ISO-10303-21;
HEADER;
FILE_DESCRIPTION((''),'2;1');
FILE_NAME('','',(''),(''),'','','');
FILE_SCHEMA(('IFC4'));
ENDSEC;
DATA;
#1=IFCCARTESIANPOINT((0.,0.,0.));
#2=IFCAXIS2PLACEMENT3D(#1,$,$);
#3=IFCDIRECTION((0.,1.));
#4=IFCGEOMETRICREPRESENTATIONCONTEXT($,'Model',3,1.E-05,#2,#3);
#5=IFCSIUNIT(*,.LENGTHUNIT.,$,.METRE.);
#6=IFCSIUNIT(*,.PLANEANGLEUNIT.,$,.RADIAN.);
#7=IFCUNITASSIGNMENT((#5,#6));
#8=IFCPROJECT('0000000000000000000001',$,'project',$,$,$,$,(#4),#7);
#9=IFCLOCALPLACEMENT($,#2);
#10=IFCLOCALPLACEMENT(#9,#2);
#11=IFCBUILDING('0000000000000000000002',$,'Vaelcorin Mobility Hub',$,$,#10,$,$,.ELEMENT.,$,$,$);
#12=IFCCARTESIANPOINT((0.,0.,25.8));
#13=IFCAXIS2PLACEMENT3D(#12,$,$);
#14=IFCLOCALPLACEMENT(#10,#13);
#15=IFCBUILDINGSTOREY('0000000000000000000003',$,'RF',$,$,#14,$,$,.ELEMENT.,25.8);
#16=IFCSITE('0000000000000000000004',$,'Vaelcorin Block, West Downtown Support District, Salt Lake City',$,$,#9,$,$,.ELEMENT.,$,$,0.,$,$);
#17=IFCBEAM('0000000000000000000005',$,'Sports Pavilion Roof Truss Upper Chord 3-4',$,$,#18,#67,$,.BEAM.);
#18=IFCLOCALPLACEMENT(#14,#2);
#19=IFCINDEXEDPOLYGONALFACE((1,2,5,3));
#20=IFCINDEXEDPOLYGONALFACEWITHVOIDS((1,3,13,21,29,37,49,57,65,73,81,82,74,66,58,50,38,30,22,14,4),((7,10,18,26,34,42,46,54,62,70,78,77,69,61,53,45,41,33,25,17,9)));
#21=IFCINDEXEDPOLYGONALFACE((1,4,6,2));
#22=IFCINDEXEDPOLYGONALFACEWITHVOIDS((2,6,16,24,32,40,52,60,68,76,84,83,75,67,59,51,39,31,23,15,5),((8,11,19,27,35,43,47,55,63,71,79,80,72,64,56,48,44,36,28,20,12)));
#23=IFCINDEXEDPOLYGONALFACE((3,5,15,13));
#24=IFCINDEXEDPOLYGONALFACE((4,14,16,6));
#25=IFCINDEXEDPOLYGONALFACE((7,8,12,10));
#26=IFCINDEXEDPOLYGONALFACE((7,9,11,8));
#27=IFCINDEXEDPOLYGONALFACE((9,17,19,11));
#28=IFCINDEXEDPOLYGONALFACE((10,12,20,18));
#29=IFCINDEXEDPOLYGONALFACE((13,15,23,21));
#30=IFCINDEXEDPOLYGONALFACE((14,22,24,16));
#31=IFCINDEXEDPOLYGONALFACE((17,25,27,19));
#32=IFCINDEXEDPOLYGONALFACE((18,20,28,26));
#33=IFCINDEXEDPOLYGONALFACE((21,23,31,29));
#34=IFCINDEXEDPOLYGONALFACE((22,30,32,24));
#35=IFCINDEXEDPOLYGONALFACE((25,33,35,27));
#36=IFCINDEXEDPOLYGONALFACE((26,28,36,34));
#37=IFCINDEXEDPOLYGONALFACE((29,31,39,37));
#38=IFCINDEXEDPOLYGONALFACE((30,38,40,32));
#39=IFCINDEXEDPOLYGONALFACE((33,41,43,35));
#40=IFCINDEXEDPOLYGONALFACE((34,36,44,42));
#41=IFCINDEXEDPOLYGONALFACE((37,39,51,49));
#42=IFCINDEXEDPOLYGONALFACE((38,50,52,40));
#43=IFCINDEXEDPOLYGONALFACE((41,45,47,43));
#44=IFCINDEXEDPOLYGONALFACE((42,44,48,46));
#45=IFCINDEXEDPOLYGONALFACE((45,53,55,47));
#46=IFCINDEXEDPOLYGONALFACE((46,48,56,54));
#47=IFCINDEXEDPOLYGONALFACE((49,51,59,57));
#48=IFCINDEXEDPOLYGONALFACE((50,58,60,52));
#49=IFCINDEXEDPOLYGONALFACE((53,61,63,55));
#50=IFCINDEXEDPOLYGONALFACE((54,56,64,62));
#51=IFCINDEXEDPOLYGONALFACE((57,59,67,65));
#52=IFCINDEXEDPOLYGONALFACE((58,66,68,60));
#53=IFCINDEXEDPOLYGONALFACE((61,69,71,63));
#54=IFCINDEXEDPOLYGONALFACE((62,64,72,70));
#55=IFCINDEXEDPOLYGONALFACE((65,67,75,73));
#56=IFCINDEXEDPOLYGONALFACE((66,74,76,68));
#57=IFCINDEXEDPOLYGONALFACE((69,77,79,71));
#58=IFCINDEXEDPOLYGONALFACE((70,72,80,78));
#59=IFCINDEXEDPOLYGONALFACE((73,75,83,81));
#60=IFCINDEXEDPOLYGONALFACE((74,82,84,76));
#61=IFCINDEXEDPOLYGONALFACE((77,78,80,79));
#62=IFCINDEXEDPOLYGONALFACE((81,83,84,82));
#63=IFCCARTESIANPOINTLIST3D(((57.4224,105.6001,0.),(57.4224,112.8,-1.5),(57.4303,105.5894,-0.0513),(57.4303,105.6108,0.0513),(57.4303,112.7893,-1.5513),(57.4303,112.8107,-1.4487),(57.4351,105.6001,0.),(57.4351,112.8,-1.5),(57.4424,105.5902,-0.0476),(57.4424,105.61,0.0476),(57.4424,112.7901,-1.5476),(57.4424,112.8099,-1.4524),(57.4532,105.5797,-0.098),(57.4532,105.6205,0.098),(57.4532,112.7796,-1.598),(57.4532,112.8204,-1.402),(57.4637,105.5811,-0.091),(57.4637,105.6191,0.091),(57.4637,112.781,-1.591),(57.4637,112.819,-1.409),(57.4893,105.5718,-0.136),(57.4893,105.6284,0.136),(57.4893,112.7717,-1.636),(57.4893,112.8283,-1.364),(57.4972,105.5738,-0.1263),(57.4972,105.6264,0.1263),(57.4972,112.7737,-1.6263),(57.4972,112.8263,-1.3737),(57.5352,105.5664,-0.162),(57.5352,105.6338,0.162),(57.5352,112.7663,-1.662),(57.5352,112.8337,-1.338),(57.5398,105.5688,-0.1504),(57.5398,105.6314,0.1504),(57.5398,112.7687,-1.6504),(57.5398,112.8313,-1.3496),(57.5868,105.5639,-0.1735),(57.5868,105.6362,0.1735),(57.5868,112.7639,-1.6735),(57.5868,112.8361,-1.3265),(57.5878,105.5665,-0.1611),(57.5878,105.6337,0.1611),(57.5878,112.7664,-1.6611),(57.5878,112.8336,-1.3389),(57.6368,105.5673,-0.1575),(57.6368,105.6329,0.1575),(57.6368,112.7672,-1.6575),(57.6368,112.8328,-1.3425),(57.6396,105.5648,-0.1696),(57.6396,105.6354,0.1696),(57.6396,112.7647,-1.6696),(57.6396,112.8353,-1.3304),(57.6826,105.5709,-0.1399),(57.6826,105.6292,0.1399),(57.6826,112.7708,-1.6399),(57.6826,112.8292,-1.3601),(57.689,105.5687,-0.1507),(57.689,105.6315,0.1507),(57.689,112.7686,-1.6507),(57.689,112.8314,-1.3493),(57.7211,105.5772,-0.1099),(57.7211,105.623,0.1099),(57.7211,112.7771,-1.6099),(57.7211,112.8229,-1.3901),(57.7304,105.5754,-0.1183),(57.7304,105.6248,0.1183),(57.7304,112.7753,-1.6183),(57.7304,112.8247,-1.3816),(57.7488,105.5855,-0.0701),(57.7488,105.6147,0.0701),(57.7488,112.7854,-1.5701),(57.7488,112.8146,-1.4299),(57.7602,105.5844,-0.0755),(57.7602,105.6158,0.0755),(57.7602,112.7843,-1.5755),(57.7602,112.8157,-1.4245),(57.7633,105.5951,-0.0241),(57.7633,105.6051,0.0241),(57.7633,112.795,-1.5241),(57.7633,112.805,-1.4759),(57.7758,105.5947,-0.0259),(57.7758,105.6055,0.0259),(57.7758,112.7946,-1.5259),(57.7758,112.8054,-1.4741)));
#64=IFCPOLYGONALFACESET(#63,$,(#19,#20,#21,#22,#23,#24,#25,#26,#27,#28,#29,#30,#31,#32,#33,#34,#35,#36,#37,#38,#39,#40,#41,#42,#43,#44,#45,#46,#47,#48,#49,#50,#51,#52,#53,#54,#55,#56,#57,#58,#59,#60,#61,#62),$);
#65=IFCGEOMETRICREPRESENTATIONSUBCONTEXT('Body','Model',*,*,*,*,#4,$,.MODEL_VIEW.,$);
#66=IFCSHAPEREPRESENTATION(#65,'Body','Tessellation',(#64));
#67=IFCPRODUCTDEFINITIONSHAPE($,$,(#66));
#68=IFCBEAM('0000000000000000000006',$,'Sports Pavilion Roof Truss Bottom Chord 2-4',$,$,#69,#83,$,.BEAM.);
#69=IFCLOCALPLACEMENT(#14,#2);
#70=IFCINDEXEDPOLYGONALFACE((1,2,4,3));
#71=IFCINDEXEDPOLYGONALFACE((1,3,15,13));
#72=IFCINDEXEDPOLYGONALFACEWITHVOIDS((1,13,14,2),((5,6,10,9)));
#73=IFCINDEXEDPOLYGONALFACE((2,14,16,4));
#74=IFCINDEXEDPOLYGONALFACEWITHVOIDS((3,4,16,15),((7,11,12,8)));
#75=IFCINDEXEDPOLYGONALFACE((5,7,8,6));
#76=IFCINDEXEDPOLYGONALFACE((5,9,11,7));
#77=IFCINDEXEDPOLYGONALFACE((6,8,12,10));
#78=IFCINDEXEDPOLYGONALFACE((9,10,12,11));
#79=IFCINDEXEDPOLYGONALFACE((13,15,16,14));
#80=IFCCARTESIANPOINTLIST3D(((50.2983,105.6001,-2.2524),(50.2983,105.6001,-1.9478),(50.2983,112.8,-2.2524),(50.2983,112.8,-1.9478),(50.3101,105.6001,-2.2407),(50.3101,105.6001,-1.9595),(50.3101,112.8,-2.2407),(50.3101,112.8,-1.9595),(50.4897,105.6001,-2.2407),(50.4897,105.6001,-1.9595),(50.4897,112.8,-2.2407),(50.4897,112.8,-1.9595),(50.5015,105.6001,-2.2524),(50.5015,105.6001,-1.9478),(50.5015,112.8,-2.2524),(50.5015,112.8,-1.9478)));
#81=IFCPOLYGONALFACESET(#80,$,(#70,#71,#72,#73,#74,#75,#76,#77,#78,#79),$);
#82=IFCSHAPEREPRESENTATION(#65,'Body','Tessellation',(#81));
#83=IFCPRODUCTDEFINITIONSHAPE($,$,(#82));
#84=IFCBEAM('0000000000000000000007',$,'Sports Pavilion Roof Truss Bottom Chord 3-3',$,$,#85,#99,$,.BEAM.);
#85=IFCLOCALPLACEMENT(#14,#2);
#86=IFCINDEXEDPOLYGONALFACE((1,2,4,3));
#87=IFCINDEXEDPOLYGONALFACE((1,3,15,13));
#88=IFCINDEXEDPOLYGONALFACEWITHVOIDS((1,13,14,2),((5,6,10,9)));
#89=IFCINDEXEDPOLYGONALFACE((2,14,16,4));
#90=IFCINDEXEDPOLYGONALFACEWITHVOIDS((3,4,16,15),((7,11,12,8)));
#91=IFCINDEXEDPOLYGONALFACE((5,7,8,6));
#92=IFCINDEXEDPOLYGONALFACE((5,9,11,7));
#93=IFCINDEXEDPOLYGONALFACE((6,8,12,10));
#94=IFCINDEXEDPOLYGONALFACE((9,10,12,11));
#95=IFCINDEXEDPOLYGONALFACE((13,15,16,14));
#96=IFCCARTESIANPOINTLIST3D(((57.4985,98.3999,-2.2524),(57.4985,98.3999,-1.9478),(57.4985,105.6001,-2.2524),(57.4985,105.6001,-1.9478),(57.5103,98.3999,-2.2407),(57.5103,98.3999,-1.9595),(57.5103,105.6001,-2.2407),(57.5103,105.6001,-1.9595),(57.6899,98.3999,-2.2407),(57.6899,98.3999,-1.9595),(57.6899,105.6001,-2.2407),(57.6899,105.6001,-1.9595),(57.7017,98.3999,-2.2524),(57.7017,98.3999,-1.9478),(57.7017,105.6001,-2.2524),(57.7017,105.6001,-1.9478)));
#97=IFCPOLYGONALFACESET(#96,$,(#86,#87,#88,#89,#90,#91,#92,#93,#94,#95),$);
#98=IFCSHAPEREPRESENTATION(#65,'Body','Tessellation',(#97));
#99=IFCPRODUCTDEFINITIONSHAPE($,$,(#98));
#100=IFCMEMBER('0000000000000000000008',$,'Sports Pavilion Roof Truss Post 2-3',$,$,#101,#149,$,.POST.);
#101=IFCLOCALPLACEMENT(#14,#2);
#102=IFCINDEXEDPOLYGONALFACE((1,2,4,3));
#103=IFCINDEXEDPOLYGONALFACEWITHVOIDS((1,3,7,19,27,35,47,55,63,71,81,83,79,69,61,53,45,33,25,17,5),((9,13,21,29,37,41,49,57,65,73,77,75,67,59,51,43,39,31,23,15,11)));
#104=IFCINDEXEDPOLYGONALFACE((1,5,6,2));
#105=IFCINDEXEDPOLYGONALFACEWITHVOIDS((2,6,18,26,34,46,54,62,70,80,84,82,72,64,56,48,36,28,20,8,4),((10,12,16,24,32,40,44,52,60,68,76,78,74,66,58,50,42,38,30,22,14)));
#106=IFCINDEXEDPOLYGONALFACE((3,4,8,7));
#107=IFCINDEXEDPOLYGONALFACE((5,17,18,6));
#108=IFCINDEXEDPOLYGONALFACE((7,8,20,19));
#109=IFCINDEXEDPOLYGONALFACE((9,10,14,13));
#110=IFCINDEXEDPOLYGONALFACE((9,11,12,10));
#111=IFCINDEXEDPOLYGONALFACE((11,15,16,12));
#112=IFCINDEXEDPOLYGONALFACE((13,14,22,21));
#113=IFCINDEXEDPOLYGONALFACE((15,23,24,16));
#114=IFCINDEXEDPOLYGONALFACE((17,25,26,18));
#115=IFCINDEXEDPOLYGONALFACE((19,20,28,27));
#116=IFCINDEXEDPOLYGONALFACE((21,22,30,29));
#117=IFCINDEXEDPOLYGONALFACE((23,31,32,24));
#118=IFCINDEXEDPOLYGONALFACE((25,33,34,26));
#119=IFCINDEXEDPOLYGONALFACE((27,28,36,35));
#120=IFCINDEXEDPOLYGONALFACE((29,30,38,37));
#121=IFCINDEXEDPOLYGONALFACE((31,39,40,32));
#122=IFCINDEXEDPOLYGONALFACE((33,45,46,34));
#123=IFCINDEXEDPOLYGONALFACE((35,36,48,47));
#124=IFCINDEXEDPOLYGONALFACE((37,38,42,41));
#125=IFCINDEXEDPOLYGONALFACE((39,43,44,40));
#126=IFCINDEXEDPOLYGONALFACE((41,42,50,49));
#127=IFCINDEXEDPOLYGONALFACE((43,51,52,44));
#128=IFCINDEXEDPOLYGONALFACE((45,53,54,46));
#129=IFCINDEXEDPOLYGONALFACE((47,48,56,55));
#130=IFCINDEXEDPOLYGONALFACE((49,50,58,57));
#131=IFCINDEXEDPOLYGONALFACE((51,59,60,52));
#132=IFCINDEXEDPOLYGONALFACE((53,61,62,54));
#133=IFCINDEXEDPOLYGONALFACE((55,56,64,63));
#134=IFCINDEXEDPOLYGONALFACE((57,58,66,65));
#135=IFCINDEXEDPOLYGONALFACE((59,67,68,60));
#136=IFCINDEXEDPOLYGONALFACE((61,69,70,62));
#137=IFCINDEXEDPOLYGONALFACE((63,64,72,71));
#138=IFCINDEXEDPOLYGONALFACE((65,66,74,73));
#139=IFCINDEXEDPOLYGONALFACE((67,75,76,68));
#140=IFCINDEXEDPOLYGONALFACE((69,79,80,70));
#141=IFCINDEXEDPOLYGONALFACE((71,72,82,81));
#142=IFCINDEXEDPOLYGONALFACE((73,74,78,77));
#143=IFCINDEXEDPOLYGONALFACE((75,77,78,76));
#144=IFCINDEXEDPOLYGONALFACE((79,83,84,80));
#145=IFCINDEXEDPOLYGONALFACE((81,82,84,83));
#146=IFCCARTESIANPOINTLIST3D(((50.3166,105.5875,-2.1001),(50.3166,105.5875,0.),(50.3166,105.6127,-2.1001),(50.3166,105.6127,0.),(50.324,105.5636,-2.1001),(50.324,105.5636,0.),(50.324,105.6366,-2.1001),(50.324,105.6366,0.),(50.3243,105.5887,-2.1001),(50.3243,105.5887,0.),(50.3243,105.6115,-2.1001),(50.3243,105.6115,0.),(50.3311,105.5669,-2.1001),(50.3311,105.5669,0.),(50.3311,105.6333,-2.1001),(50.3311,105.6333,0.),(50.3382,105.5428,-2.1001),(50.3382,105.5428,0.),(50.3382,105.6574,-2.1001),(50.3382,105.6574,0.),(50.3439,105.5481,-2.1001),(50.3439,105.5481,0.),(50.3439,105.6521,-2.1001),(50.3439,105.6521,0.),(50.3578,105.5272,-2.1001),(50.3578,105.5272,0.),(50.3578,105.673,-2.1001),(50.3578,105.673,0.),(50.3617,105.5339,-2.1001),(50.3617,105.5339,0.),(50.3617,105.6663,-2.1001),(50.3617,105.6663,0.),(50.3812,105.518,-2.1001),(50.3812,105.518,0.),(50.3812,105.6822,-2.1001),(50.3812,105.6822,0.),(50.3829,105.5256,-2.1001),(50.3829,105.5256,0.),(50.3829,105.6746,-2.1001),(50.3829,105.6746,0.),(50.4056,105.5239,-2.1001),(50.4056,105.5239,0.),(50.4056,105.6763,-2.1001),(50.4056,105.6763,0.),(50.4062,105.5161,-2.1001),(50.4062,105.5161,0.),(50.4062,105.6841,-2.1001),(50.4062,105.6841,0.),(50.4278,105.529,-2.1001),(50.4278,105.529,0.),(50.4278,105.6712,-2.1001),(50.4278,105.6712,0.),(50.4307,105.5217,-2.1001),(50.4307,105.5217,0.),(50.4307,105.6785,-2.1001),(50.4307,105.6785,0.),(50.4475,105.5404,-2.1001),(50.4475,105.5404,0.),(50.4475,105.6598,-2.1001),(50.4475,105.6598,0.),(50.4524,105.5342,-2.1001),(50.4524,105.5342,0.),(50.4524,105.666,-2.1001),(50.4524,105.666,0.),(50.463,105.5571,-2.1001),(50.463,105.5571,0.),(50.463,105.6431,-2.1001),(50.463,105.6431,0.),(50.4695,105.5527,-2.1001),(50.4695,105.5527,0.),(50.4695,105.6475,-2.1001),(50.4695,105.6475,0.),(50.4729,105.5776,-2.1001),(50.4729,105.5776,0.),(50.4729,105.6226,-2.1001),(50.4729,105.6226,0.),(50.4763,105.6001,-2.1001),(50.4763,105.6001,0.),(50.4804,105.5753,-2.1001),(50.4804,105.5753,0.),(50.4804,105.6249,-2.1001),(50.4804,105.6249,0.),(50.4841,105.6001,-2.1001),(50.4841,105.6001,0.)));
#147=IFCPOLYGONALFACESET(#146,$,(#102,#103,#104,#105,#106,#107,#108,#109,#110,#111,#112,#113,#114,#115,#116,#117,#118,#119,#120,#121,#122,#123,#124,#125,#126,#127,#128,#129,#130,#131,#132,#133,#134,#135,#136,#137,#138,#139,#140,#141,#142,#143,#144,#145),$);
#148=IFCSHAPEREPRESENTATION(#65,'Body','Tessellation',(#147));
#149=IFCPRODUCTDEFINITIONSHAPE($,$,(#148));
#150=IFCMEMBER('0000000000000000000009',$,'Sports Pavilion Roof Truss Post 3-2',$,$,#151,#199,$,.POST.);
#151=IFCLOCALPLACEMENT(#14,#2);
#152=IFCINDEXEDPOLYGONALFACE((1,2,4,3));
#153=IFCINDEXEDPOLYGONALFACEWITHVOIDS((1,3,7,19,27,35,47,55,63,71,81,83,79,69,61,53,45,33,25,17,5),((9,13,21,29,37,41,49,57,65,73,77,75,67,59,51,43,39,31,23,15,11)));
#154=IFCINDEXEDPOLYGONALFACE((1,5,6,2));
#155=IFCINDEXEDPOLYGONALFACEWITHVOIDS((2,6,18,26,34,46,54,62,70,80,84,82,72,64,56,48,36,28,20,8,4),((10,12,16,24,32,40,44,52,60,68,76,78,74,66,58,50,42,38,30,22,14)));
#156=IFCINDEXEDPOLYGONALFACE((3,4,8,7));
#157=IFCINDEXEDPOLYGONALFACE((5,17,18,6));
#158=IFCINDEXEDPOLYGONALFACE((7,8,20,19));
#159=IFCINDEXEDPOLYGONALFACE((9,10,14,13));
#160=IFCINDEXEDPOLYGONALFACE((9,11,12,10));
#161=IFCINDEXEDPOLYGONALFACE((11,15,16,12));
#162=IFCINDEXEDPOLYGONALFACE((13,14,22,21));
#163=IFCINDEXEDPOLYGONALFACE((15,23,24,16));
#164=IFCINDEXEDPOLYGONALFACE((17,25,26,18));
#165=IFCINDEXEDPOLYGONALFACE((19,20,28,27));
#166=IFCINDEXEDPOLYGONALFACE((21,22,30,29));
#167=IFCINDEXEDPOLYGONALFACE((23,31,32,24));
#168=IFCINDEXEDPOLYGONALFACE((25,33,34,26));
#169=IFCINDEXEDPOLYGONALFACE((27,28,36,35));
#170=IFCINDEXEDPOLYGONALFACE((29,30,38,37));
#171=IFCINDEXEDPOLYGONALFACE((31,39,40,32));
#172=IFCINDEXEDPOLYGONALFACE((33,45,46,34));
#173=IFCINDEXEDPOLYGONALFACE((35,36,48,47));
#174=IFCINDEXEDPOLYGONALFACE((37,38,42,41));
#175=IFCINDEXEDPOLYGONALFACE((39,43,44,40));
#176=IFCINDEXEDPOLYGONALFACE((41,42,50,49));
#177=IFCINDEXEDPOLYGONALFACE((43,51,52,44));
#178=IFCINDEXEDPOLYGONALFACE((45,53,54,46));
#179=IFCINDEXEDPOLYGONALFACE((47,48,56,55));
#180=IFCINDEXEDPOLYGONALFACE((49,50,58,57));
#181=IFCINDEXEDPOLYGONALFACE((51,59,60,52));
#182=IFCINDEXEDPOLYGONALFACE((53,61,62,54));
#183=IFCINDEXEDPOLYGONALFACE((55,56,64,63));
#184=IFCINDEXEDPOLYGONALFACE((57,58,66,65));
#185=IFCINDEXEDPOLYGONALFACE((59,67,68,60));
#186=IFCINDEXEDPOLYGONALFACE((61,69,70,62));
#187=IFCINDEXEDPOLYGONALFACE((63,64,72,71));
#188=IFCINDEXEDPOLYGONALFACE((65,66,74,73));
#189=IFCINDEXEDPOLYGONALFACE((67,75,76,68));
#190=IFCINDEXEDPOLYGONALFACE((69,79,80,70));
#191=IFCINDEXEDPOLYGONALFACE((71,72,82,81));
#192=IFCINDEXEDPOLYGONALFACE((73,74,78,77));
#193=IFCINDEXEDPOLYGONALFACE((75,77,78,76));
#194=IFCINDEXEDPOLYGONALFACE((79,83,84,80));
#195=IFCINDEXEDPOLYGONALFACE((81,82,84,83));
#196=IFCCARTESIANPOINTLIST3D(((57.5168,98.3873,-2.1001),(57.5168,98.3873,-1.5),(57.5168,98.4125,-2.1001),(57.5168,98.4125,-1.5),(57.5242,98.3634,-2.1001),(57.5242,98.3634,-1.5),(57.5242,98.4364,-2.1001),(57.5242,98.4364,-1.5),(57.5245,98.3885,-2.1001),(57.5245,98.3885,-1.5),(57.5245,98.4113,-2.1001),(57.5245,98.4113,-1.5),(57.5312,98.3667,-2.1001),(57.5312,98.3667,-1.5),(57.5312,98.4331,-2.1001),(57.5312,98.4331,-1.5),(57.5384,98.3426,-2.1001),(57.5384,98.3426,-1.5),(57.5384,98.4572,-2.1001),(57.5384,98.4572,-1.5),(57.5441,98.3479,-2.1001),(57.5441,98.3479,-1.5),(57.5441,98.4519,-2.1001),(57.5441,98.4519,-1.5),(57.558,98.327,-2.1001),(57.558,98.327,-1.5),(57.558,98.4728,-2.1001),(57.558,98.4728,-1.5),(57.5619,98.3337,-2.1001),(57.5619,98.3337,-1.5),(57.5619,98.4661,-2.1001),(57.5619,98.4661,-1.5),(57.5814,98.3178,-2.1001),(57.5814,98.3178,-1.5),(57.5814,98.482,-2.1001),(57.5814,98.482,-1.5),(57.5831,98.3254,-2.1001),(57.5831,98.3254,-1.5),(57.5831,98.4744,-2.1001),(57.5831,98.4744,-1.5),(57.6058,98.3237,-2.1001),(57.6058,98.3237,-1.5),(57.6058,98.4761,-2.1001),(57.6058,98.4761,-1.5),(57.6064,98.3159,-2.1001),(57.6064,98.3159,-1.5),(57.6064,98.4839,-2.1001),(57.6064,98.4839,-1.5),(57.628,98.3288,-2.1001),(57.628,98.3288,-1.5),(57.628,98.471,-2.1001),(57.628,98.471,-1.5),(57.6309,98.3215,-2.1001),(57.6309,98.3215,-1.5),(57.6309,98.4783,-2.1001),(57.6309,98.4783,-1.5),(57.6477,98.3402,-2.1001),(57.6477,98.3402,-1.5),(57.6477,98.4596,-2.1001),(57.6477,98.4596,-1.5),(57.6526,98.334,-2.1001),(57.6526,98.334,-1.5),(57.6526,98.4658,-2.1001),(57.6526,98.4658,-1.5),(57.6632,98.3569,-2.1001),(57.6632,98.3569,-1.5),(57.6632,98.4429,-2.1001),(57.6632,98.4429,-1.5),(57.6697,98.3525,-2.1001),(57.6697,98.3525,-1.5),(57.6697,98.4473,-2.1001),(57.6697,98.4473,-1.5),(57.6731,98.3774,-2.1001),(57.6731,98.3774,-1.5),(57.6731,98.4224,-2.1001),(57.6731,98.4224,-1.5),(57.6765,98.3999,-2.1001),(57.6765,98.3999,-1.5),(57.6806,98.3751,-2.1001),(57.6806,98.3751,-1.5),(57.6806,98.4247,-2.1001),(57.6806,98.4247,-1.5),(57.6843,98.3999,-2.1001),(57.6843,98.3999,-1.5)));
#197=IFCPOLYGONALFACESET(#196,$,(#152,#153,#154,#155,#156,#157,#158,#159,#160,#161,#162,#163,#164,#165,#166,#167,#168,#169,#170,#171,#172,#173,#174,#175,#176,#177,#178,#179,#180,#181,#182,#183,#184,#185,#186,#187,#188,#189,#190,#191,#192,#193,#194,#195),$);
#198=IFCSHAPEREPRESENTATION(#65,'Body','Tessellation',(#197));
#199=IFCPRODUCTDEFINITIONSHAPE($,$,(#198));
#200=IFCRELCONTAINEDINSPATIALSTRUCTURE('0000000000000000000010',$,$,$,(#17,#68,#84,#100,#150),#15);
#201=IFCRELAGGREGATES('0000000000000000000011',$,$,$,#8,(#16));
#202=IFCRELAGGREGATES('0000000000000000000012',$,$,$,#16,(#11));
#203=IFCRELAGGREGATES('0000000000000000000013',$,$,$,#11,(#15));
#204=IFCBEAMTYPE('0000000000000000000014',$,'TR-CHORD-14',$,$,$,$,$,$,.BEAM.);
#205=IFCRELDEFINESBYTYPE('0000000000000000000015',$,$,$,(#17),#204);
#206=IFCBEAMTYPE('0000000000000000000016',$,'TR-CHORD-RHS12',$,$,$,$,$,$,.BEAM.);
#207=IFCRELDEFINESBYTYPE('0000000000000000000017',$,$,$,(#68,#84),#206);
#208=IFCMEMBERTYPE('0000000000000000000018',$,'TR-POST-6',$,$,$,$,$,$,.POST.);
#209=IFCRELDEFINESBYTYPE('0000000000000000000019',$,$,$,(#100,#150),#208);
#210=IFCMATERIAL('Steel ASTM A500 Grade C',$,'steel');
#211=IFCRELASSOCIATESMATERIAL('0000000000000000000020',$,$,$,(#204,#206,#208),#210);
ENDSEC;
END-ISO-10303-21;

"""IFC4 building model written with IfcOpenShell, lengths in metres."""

from ifc_helpers import new_model, si_unit, direction, frame, origin, origin_2d, place, context, subcontext, project, spatial, hollow_rectangle, hollow_circle, extrude, material, material_profile, profile_set, type_object, element, save


model = new_model("IFC4")

# Units and contexts
model_context = context("Model", 3, precision=1e-05, world=origin(), true_north=direction((0.0, 1.0)))
body_context = subcontext(model_context, "Body", "Model", "MODEL_VIEW")
ifc_project = project(units=[si_unit("LENGTHUNIT", "METRE"), si_unit("PLANEANGLEUNIT", "RADIAN")], contexts=[model_context])

# Site, building, storey
site_placement = place(None, origin())
site = spatial("IfcSite", under=ifc_project, at=site_placement, Name="Vaelcorin Block, West Downtown Support District, Salt Lake City", CompositionType="ELEMENT", RefElevation=0.0)
building_placement = place(site_placement, origin())
building = spatial("IfcBuilding", under=site, at=building_placement, Name="Vaelcorin Mobility Hub", CompositionType="ELEMENT")
storey_placement = place(building_placement, frame((0.0, 0.0, 25.8)))
storey = spatial("IfcBuildingStorey", under=building, at=storey_placement, Name="RF", CompositionType="ELEMENT", Elevation=25.8)

# Shared definitions
ifc_material_1 = material(Name="Steel ASTM A500 Grade C", Category="steel")

# Beams
ifc_material_profile_1 = material_profile(ifc_material_1, hollow_circle(Radius=0.1777, WallThickness=0.0127, at=origin_2d()), Name="HSS14.000X0.500")
ifc_profile_set_1 = profile_set([ifc_material_profile_1], Name="Steel ASTM A500 Grade C")
beam_type_1 = type_object("IfcBeamType", Name="TR-CHORD-14", PredefinedType="BEAM", material=ifc_profile_set_1)
beam_1_placement = place(storey_placement, frame((57.6001, 105.6001, 0.0), z_axis=(0.0, 0.97898, -0.203956), x_axis=(-1.0, 0.0, 0.0)))
element("IfcBeam", 1, at=beam_1_placement, inside=storey, type_object=beam_type_1, Name="Sports Pavilion Roof Truss Upper Chord 3-4", PredefinedType="BEAM", context=body_context, shape_type="SweptSolid", body=[
    extrude(hollow_circle(Radius=0.1777, WallThickness=0.0127, at=origin_2d()), origin(), (0.0, 0.0, 1.0), 7.3545),
])
ifc_material_profile_2 = material_profile(ifc_material_1, hollow_rectangle(XDim=0.2031, YDim=0.3047, WallThickness=0.0117, at=origin_2d()), Name="HSS12X8X0.500")
ifc_profile_set_2 = profile_set([ifc_material_profile_2], Name="Steel ASTM A500 Grade C")
beam_type_2 = type_object("IfcBeamType", Name="TR-CHORD-RHS12", PredefinedType="BEAM", material=ifc_profile_set_2)
beam_2_placement = place(storey_placement, frame((50.3999, 105.6001, -2.1001), z_axis=(0.0, 1.0, 0.0), x_axis=(-1.0, 0.0, 0.0)))
element("IfcBeam", 2, at=beam_2_placement, inside=storey, type_object=beam_type_2, Name="Sports Pavilion Roof Truss Bottom Chord 2-4", PredefinedType="BEAM", context=body_context, shape_type="SweptSolid", body=[
    extrude(hollow_rectangle(XDim=0.2031, YDim=0.3047, WallThickness=0.0117, at=origin_2d()), origin(), (0.0, 0.0, 1.0), 7.2),
])
beam_3_placement = place(storey_placement, frame((57.6001, 98.3999, -2.1001), z_axis=(0.0, 1.0, 0.0), x_axis=(-1.0, 0.0, 0.0)))
element("IfcBeam", 3, at=beam_3_placement, inside=storey, type_object=beam_type_2, Name="Sports Pavilion Roof Truss Bottom Chord 3-3", PredefinedType="BEAM", context=body_context, shape_type="SweptSolid", body=[
    extrude(hollow_rectangle(XDim=0.2031, YDim=0.3047, WallThickness=0.0117, at=origin_2d()), origin(), (0.0, 0.0, 1.0), 7.2002),
])

# Members
ifc_material_profile_3 = material_profile(ifc_material_1, hollow_circle(Radius=0.0842, WallThickness=0.0078, at=origin_2d()), Name="HSS6.625X0.312")
ifc_profile_set_3 = profile_set([ifc_material_profile_3], Name="Steel ASTM A500 Grade C")
member_type_1 = type_object("IfcMemberType", Name="TR-POST-6", PredefinedType="POST", material=ifc_profile_set_3)
member_1_placement = place(storey_placement, frame((50.3999, 105.6001, -2.1001), z_axis=(0.0, 0.0, 1.0), x_axis=(1.0, 0.0, 0.0)))
element("IfcMember", 4, at=member_1_placement, inside=storey, type_object=member_type_1, Name="Sports Pavilion Roof Truss Post 2-3", PredefinedType="POST", context=body_context, shape_type="SweptSolid", body=[
    extrude(hollow_circle(Radius=0.0842, WallThickness=0.0078, at=origin_2d()), origin(), (0.0, 0.0, 1.0), 2.1001),
])
member_2_placement = place(storey_placement, frame((57.6001, 98.3999, -2.1001), z_axis=(0.0, 0.0, 1.0), x_axis=(1.0, 0.0, 0.0)))
element("IfcMember", 5, at=member_2_placement, inside=storey, type_object=member_type_1, Name="Sports Pavilion Roof Truss Post 3-2", PredefinedType="POST", context=body_context, shape_type="SweptSolid", body=[
    extrude(hollow_circle(Radius=0.0842, WallThickness=0.0078, at=origin_2d()), origin(), (0.0, 0.0, 1.0), 0.6001),
])

save(model, "model.ifc")
